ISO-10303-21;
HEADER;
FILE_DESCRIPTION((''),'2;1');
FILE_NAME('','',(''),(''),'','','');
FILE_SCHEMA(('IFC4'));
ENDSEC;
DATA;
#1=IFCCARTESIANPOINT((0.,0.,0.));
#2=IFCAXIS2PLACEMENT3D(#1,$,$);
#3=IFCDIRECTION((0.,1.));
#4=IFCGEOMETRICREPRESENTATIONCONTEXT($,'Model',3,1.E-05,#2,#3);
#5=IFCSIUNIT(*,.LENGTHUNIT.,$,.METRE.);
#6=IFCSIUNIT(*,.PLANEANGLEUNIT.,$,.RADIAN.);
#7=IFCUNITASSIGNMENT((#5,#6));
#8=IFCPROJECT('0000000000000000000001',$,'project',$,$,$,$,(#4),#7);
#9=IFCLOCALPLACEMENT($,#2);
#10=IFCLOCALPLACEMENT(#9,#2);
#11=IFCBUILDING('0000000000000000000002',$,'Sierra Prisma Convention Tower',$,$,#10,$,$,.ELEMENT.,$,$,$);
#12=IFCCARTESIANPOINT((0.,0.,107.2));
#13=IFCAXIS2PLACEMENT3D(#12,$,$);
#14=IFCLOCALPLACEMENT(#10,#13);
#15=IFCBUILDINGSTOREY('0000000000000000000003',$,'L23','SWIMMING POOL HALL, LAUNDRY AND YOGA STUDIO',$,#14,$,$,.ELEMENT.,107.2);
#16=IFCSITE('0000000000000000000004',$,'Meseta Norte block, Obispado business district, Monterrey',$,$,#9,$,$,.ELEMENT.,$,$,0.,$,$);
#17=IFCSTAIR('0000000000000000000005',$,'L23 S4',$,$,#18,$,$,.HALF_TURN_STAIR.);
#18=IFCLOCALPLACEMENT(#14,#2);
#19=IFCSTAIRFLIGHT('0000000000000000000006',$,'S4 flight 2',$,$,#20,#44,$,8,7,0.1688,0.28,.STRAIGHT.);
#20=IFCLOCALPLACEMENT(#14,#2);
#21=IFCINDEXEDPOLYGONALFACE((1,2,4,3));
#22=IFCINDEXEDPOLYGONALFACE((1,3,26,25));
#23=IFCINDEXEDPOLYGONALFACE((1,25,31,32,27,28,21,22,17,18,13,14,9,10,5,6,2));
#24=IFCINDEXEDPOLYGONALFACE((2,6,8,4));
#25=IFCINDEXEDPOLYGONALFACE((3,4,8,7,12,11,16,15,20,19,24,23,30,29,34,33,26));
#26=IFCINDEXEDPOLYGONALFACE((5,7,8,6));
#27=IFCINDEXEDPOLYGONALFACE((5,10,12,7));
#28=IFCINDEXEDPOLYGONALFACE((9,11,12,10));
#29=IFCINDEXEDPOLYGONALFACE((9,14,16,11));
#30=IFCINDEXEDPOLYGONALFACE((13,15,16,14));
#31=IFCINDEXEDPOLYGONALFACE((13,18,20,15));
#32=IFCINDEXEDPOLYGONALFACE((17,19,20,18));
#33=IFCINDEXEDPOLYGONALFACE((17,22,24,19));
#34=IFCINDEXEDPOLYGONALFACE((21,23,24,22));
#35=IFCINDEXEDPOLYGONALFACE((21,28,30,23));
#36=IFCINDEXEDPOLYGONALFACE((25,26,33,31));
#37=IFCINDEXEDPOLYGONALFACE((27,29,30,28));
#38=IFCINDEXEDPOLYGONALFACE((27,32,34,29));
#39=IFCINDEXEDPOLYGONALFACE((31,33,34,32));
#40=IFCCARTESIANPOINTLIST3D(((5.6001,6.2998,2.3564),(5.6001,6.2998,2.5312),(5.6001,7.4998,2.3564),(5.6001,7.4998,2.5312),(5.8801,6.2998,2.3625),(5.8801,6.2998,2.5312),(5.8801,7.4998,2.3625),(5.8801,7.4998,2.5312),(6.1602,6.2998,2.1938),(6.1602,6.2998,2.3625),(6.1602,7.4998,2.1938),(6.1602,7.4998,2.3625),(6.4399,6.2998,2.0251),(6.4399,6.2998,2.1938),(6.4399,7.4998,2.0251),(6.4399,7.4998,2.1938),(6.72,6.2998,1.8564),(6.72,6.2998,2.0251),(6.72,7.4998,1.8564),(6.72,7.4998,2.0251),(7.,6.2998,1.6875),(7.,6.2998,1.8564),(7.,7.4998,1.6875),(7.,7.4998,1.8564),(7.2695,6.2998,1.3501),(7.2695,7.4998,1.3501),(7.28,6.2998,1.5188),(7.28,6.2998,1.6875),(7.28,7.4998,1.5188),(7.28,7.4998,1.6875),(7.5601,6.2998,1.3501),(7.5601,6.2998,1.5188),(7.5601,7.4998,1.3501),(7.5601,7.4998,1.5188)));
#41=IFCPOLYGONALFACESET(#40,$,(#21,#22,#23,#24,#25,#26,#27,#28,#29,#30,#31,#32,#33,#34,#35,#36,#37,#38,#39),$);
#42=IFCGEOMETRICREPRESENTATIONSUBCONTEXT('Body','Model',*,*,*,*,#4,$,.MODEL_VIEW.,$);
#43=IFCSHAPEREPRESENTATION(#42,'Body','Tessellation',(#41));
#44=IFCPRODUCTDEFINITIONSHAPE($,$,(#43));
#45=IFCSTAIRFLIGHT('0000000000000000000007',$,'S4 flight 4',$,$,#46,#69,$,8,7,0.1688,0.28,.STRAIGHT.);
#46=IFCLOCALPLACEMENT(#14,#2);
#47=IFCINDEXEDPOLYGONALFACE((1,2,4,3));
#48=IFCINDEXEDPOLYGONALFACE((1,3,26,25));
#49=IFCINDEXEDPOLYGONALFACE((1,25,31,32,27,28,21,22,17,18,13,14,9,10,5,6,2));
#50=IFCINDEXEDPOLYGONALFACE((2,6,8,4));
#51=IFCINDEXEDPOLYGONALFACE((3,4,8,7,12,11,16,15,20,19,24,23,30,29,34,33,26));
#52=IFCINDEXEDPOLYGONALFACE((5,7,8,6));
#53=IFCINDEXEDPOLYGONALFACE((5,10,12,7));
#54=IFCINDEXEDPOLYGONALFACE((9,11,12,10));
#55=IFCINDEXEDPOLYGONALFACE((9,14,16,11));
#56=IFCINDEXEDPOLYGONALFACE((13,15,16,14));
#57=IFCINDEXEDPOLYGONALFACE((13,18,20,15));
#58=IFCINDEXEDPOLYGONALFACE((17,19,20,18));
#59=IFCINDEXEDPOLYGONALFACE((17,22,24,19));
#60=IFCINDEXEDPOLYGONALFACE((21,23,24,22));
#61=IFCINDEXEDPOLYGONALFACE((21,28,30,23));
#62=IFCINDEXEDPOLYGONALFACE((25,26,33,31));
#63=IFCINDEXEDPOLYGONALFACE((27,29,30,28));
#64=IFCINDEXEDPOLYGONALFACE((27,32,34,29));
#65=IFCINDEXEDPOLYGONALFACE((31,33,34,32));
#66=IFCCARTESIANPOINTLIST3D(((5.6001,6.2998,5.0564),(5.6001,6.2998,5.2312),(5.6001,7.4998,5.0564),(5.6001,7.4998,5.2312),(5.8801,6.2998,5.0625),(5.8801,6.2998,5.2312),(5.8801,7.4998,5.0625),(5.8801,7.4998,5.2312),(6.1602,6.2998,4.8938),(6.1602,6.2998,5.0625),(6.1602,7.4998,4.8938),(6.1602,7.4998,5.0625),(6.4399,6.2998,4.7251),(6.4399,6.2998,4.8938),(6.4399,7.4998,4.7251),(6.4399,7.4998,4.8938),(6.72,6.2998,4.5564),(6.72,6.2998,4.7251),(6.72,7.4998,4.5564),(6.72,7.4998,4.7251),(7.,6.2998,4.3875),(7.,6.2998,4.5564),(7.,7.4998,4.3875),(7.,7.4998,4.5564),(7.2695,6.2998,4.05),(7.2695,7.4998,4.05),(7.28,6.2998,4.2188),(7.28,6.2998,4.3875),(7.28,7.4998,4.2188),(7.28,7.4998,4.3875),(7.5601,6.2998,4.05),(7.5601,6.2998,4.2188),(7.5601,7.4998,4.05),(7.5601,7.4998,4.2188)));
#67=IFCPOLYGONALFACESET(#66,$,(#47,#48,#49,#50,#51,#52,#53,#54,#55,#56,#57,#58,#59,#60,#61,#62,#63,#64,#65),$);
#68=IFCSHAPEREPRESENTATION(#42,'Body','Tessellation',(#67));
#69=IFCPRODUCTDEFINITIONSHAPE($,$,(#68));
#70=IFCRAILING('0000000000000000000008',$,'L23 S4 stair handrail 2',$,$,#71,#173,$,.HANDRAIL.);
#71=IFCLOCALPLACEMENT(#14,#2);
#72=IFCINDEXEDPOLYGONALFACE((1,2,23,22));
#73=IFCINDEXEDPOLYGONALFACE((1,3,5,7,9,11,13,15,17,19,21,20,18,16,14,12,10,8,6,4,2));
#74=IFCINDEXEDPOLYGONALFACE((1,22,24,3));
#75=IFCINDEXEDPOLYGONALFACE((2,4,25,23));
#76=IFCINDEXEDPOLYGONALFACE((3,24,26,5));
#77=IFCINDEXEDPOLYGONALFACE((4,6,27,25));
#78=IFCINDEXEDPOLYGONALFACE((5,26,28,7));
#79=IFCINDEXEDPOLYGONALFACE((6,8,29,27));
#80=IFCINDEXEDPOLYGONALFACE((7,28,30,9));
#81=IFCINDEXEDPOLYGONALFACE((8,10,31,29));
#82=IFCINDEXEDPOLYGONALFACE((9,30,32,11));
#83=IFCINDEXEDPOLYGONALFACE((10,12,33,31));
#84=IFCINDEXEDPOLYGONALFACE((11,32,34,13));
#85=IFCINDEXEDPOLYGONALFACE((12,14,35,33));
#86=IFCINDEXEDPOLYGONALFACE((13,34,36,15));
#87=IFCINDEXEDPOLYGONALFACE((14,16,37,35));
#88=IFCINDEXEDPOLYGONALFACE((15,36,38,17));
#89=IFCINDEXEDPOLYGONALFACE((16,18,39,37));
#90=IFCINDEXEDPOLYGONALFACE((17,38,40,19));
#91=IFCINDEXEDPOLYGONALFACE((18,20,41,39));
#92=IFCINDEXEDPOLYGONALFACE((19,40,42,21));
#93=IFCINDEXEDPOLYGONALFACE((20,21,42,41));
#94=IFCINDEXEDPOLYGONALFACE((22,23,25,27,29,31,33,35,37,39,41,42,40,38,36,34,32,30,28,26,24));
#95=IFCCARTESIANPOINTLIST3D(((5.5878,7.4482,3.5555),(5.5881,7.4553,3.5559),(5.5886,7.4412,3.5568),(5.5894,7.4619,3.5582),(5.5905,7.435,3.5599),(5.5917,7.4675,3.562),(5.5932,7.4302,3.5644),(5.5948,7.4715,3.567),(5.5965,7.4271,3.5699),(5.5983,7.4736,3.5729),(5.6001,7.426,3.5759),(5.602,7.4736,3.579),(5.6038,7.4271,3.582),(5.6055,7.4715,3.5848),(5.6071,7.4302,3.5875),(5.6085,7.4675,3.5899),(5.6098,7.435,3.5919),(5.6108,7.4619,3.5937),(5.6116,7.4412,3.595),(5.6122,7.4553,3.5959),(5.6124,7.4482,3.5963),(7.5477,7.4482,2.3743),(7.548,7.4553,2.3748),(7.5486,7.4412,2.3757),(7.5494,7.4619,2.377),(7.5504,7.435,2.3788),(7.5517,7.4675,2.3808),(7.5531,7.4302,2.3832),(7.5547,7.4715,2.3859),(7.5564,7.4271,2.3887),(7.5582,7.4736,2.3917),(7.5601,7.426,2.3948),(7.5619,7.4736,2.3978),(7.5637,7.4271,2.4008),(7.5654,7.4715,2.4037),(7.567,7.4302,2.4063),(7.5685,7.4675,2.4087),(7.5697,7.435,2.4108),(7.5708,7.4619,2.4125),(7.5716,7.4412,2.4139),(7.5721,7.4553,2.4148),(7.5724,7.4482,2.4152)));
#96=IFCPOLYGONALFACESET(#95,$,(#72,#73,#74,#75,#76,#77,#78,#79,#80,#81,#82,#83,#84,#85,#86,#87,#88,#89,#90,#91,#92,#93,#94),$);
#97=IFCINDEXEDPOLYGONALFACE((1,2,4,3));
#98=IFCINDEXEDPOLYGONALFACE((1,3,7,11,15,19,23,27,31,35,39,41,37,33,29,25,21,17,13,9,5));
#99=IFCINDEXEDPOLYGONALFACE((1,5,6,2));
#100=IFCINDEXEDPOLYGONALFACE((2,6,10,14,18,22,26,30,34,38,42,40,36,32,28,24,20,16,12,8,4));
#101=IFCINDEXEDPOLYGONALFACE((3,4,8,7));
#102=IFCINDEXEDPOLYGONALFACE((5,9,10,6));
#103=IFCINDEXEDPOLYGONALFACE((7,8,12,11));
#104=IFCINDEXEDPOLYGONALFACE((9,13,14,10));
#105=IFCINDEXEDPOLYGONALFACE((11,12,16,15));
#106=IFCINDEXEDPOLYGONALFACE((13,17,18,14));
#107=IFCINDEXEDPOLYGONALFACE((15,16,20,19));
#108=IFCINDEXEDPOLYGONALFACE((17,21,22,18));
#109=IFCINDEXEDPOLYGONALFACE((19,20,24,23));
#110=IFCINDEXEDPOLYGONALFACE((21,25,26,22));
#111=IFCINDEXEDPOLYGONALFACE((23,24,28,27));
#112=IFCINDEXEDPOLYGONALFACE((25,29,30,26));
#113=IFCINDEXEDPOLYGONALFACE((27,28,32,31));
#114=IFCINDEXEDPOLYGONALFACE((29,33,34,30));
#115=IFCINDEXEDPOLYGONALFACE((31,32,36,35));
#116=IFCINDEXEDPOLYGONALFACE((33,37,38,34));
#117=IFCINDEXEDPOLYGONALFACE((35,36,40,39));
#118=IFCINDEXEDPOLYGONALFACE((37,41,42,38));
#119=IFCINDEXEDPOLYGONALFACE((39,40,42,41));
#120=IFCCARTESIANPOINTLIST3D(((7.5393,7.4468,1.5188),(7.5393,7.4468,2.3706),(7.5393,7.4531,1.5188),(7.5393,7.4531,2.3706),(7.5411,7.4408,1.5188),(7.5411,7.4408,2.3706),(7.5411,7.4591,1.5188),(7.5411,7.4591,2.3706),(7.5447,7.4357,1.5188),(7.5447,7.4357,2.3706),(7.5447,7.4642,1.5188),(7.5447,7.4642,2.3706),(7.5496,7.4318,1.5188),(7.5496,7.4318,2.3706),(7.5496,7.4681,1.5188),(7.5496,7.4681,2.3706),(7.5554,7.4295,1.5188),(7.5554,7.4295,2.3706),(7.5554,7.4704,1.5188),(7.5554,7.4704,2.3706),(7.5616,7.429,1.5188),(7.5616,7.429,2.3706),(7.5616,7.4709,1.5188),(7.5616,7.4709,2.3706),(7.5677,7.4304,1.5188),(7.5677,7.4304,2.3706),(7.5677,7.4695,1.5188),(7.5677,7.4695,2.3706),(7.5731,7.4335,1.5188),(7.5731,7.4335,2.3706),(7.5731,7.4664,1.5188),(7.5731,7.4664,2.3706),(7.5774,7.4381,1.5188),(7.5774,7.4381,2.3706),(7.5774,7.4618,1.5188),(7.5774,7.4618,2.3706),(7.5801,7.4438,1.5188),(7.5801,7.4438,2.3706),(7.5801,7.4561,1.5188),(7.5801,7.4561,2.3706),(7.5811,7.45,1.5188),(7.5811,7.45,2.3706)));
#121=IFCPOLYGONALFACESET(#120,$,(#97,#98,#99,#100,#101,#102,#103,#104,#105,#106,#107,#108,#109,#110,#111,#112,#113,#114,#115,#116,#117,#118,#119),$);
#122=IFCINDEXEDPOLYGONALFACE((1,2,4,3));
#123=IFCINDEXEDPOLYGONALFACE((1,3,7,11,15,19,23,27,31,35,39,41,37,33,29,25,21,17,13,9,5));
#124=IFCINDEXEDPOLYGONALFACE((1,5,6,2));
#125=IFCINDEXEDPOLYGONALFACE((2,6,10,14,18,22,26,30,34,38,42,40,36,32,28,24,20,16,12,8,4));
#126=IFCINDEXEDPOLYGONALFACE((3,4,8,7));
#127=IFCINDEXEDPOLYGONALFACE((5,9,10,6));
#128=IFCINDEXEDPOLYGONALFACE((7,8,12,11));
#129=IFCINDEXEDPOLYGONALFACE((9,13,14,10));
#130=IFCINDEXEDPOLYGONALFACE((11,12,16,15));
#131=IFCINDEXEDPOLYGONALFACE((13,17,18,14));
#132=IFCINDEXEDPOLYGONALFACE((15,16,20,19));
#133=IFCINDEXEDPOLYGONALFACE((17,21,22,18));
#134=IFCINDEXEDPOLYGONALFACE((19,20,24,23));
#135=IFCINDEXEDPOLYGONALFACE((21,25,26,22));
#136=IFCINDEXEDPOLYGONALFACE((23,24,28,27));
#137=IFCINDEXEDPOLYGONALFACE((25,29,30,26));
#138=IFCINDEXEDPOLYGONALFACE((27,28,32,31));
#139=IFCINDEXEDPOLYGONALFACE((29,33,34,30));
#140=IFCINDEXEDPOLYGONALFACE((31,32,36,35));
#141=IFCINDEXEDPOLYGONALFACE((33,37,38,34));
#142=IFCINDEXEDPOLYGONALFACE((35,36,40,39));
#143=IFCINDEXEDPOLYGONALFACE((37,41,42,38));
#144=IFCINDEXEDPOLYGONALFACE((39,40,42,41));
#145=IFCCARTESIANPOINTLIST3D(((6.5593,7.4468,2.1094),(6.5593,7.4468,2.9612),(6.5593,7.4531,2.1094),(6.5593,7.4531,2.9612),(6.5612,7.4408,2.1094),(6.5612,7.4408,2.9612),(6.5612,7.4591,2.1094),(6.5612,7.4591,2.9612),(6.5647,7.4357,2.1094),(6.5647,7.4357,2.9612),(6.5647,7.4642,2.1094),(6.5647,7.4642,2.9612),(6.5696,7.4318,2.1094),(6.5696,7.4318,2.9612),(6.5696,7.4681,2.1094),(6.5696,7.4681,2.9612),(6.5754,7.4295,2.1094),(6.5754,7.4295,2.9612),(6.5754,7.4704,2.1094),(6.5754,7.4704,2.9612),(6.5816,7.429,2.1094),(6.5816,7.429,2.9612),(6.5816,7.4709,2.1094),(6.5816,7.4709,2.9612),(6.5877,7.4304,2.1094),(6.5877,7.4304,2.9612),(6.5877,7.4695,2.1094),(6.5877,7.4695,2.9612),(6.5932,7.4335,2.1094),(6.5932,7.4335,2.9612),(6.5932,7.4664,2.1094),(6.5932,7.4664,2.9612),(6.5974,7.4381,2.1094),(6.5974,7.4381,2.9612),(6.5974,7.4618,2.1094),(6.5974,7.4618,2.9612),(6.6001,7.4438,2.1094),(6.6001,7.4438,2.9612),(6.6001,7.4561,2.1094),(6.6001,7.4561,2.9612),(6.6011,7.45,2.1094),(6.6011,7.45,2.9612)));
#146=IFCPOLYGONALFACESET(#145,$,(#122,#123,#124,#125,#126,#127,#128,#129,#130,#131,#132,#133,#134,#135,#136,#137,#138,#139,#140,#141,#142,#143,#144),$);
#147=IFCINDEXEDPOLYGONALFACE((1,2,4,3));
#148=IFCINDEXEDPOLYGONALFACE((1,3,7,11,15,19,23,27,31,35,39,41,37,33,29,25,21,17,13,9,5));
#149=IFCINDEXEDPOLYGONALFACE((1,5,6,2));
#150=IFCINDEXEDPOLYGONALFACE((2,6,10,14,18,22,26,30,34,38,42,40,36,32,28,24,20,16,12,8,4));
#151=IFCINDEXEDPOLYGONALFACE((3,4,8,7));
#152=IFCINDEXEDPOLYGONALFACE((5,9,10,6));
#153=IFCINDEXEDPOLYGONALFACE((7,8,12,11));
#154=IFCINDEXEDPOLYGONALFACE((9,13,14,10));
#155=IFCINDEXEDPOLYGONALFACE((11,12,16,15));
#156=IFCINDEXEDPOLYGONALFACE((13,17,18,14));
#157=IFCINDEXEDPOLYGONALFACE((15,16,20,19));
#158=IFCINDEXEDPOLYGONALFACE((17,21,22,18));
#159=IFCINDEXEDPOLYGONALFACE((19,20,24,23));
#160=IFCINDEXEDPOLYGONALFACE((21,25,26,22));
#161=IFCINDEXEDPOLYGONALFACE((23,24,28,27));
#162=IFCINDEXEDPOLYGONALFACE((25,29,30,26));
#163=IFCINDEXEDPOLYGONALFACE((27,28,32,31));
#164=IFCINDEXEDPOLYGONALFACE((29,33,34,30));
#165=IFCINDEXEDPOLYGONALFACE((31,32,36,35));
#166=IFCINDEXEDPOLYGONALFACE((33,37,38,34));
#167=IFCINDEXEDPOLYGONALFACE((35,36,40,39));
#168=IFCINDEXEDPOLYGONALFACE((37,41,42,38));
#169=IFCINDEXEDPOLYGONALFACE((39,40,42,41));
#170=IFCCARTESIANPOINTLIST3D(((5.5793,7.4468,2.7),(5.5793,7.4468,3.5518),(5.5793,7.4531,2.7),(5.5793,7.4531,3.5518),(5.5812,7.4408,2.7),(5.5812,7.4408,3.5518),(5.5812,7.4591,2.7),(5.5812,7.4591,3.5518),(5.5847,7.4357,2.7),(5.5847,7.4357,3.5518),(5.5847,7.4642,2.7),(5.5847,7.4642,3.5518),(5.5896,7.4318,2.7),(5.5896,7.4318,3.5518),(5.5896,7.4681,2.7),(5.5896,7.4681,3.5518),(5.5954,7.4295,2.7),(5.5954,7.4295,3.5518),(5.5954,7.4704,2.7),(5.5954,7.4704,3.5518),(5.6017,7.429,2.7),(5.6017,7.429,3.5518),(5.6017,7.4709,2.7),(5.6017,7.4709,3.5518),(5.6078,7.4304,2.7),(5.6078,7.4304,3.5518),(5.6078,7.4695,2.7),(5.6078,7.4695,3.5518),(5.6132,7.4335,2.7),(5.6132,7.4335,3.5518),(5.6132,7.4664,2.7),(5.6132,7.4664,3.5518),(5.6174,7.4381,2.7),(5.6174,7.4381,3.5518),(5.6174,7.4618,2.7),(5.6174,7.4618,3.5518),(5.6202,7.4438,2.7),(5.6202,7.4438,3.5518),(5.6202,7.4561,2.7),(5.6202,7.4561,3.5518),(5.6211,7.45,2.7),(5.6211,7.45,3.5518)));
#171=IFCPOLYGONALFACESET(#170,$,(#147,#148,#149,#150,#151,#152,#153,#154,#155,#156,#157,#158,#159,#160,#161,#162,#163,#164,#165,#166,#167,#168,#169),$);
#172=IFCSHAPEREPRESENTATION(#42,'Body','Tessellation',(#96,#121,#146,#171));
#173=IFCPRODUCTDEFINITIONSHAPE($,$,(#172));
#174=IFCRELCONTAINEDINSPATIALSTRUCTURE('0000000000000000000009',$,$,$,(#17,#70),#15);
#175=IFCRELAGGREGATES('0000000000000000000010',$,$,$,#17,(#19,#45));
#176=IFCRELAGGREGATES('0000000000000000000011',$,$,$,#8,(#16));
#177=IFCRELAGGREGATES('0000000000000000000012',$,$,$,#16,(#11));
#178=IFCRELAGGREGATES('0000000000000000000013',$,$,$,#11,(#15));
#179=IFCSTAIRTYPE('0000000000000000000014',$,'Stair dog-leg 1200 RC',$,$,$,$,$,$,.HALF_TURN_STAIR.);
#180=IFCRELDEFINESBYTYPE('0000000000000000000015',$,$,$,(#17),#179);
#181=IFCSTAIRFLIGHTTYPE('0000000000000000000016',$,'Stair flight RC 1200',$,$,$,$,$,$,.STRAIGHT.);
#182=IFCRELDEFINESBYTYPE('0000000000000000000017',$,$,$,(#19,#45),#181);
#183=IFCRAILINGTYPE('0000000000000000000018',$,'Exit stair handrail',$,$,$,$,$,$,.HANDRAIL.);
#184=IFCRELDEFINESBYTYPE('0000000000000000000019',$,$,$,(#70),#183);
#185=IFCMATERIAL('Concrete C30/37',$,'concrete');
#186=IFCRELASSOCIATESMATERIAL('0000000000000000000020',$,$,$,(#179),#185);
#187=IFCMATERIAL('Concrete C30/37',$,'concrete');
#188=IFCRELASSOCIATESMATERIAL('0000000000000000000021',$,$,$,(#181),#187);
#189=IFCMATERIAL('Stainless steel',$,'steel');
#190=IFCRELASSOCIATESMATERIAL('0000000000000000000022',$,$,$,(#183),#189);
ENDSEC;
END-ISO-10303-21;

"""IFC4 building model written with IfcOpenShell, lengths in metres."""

from ifc_helpers import new_model, si_unit, direction, frame, origin, origin_2d, place, context, subcontext, project, spatial, polyline, circle, outline, extrude, material, type_object, element, aggregate, save


model = new_model("IFC4")

# Units and contexts
model_context = context("Model", 3, precision=1e-05, world=origin(), true_north=direction((0.0, 1.0)))
body_context = subcontext(model_context, "Body", "Model", "MODEL_VIEW")
ifc_project = project(units=[si_unit("LENGTHUNIT", "METRE"), si_unit("PLANEANGLEUNIT", "RADIAN")], contexts=[model_context])

# Site, building, storey
site_placement = place(None, origin())
site = spatial("IfcSite", under=ifc_project, at=site_placement, Name="Meseta Norte block, Obispado business district, Monterrey", CompositionType="ELEMENT", RefElevation=0.0)
building_placement = place(site_placement, origin())
building = spatial("IfcBuilding", under=site, at=building_placement, Name="Sierra Prisma Convention Tower", CompositionType="ELEMENT")
storey_placement = place(building_placement, frame((0.0, 0.0, 107.2)))
storey = spatial("IfcBuildingStorey", under=building, at=storey_placement, Name="L23", Description="SWIMMING POOL HALL, LAUNDRY AND YOGA STUDIO", CompositionType="ELEMENT", Elevation=107.2)

# Stair, stair flights
ifc_material_1 = material(Name="Concrete C30/37", Category="concrete")
stair_type = type_object("IfcStairType", Name="Stair dog-leg 1200 RC", PredefinedType="HALF_TURN_STAIR", material=ifc_material_1)
stair_placement = place(storey_placement, origin())
stair = element("IfcStair", 1, at=stair_placement, inside=storey, type_object=stair_type, Name="L23 S4", PredefinedType="HALF_TURN_STAIR")
ifc_material_2 = material(Name="Concrete C30/37", Category="concrete")
stair_flight_type = type_object("IfcStairFlightType", Name="Stair flight RC 1200", PredefinedType="STRAIGHT", material=ifc_material_2)
stair_flight_1_placement = place(storey_placement, frame((7.5601, 6.8999, 1.3501), z_axis=(0.0, 0.0, 1.0), x_axis=(-1.0, 0.0, 0.0)))
stair_flight_1 = element("IfcStairFlight", 2, at=stair_flight_1_placement, type_object=stair_flight_type, Name="S4 flight 2", NumberOfRisers=8, NumberOfTreads=7, PredefinedType="STRAIGHT", RiserHeight=0.1688, TreadLength=0.28, context=body_context, shape_type="SweptSolid", body=[
    extrude(outline(polyline([(0.0, 0.0), (0.0, 0.1687), (0.28, 0.1687), (0.28, 0.3374), (0.5601, 0.3374), (0.5601, 0.5063), (0.8401, 0.5063), (0.8401, 0.675), (1.1201, 0.675), (1.1201, 0.8438), (1.3999, 0.8438), (1.3999, 1.0125), (1.6799, 1.0125), (1.6799, 1.1812), (1.96, 1.1812), (1.96, 1.3501), (1.96, 1.0063), (0.2905, 0.0), (0.0, 0.0)])), frame((0.0, 0.6001, 0.0), z_axis=(0.0, -1.0, 0.0), x_axis=(1.0, 0.0, 0.0)), (0.0, 0.0, 1.0), 1.2),
])
stair_flight_2_placement = place(storey_placement, frame((7.5601, 6.8999, 4.05), z_axis=(0.0, 0.0, 1.0), x_axis=(-1.0, 0.0, 0.0)))
stair_flight_2 = element("IfcStairFlight", 3, at=stair_flight_2_placement, type_object=stair_flight_type, Name="S4 flight 4", NumberOfRisers=8, NumberOfTreads=7, PredefinedType="STRAIGHT", RiserHeight=0.1688, TreadLength=0.28, context=body_context, shape_type="SweptSolid", body=[
    extrude(outline(polyline([(0.0, 0.0), (0.0, 0.1687), (0.28, 0.1687), (0.28, 0.3374), (0.5601, 0.3374), (0.5601, 0.5063), (0.8401, 0.5063), (0.8401, 0.675), (1.1201, 0.675), (1.1201, 0.8438), (1.3999, 0.8438), (1.3999, 1.0125), (1.6799, 1.0125), (1.6799, 1.1812), (1.96, 1.1812), (1.96, 1.3501), (1.96, 1.0063), (0.2905, 0.0), (0.0, 0.0)])), frame((0.0, 0.6001, 0.0), z_axis=(0.0, -1.0, 0.0), x_axis=(1.0, 0.0, 0.0)), (0.0, 0.0, 1.0), 1.2),
])
aggregate(stair, [stair_flight_1, stair_flight_2])

# Railing
ifc_material_3 = material(Name="Stainless steel", Category="steel")
railing_type_1 = type_object("IfcRailingType", Name="Exit stair handrail", PredefinedType="HANDRAIL", material=ifc_material_3)
railing_1_placement = place(storey_placement, frame((7.5601, 7.45, 1.5188)))
element("IfcRailing", 4, at=railing_1_placement, inside=storey, type_object=railing_type_1, Name="L23 S4 stair handrail 2", PredefinedType="HANDRAIL", context=body_context, shape_type="SweptSolid", body=[
    extrude(circle(Radius=0.0239, at=origin_2d()), frame((0.0, 0.0, 0.876), z_axis=(-0.856493, 0.0, 0.516158), x_axis=(0.0, -1.0, 0.0)), (0.0, 0.0, 1.0), 2.2883),
    extrude(circle(Radius=0.021, at=origin_2d()), origin(), (0.0, 0.0, 1.0), 0.8518),
    extrude(circle(Radius=0.021, at=origin_2d()), frame((-0.98, 0.0, 0.5906)), (0.0, 0.0, 1.0), 0.8518),
    extrude(circle(Radius=0.021, at=origin_2d()), frame((-1.96, 0.0, 1.1812)), (0.0, 0.0, 1.0), 0.8518),
])

save(model, "model.ifc")
